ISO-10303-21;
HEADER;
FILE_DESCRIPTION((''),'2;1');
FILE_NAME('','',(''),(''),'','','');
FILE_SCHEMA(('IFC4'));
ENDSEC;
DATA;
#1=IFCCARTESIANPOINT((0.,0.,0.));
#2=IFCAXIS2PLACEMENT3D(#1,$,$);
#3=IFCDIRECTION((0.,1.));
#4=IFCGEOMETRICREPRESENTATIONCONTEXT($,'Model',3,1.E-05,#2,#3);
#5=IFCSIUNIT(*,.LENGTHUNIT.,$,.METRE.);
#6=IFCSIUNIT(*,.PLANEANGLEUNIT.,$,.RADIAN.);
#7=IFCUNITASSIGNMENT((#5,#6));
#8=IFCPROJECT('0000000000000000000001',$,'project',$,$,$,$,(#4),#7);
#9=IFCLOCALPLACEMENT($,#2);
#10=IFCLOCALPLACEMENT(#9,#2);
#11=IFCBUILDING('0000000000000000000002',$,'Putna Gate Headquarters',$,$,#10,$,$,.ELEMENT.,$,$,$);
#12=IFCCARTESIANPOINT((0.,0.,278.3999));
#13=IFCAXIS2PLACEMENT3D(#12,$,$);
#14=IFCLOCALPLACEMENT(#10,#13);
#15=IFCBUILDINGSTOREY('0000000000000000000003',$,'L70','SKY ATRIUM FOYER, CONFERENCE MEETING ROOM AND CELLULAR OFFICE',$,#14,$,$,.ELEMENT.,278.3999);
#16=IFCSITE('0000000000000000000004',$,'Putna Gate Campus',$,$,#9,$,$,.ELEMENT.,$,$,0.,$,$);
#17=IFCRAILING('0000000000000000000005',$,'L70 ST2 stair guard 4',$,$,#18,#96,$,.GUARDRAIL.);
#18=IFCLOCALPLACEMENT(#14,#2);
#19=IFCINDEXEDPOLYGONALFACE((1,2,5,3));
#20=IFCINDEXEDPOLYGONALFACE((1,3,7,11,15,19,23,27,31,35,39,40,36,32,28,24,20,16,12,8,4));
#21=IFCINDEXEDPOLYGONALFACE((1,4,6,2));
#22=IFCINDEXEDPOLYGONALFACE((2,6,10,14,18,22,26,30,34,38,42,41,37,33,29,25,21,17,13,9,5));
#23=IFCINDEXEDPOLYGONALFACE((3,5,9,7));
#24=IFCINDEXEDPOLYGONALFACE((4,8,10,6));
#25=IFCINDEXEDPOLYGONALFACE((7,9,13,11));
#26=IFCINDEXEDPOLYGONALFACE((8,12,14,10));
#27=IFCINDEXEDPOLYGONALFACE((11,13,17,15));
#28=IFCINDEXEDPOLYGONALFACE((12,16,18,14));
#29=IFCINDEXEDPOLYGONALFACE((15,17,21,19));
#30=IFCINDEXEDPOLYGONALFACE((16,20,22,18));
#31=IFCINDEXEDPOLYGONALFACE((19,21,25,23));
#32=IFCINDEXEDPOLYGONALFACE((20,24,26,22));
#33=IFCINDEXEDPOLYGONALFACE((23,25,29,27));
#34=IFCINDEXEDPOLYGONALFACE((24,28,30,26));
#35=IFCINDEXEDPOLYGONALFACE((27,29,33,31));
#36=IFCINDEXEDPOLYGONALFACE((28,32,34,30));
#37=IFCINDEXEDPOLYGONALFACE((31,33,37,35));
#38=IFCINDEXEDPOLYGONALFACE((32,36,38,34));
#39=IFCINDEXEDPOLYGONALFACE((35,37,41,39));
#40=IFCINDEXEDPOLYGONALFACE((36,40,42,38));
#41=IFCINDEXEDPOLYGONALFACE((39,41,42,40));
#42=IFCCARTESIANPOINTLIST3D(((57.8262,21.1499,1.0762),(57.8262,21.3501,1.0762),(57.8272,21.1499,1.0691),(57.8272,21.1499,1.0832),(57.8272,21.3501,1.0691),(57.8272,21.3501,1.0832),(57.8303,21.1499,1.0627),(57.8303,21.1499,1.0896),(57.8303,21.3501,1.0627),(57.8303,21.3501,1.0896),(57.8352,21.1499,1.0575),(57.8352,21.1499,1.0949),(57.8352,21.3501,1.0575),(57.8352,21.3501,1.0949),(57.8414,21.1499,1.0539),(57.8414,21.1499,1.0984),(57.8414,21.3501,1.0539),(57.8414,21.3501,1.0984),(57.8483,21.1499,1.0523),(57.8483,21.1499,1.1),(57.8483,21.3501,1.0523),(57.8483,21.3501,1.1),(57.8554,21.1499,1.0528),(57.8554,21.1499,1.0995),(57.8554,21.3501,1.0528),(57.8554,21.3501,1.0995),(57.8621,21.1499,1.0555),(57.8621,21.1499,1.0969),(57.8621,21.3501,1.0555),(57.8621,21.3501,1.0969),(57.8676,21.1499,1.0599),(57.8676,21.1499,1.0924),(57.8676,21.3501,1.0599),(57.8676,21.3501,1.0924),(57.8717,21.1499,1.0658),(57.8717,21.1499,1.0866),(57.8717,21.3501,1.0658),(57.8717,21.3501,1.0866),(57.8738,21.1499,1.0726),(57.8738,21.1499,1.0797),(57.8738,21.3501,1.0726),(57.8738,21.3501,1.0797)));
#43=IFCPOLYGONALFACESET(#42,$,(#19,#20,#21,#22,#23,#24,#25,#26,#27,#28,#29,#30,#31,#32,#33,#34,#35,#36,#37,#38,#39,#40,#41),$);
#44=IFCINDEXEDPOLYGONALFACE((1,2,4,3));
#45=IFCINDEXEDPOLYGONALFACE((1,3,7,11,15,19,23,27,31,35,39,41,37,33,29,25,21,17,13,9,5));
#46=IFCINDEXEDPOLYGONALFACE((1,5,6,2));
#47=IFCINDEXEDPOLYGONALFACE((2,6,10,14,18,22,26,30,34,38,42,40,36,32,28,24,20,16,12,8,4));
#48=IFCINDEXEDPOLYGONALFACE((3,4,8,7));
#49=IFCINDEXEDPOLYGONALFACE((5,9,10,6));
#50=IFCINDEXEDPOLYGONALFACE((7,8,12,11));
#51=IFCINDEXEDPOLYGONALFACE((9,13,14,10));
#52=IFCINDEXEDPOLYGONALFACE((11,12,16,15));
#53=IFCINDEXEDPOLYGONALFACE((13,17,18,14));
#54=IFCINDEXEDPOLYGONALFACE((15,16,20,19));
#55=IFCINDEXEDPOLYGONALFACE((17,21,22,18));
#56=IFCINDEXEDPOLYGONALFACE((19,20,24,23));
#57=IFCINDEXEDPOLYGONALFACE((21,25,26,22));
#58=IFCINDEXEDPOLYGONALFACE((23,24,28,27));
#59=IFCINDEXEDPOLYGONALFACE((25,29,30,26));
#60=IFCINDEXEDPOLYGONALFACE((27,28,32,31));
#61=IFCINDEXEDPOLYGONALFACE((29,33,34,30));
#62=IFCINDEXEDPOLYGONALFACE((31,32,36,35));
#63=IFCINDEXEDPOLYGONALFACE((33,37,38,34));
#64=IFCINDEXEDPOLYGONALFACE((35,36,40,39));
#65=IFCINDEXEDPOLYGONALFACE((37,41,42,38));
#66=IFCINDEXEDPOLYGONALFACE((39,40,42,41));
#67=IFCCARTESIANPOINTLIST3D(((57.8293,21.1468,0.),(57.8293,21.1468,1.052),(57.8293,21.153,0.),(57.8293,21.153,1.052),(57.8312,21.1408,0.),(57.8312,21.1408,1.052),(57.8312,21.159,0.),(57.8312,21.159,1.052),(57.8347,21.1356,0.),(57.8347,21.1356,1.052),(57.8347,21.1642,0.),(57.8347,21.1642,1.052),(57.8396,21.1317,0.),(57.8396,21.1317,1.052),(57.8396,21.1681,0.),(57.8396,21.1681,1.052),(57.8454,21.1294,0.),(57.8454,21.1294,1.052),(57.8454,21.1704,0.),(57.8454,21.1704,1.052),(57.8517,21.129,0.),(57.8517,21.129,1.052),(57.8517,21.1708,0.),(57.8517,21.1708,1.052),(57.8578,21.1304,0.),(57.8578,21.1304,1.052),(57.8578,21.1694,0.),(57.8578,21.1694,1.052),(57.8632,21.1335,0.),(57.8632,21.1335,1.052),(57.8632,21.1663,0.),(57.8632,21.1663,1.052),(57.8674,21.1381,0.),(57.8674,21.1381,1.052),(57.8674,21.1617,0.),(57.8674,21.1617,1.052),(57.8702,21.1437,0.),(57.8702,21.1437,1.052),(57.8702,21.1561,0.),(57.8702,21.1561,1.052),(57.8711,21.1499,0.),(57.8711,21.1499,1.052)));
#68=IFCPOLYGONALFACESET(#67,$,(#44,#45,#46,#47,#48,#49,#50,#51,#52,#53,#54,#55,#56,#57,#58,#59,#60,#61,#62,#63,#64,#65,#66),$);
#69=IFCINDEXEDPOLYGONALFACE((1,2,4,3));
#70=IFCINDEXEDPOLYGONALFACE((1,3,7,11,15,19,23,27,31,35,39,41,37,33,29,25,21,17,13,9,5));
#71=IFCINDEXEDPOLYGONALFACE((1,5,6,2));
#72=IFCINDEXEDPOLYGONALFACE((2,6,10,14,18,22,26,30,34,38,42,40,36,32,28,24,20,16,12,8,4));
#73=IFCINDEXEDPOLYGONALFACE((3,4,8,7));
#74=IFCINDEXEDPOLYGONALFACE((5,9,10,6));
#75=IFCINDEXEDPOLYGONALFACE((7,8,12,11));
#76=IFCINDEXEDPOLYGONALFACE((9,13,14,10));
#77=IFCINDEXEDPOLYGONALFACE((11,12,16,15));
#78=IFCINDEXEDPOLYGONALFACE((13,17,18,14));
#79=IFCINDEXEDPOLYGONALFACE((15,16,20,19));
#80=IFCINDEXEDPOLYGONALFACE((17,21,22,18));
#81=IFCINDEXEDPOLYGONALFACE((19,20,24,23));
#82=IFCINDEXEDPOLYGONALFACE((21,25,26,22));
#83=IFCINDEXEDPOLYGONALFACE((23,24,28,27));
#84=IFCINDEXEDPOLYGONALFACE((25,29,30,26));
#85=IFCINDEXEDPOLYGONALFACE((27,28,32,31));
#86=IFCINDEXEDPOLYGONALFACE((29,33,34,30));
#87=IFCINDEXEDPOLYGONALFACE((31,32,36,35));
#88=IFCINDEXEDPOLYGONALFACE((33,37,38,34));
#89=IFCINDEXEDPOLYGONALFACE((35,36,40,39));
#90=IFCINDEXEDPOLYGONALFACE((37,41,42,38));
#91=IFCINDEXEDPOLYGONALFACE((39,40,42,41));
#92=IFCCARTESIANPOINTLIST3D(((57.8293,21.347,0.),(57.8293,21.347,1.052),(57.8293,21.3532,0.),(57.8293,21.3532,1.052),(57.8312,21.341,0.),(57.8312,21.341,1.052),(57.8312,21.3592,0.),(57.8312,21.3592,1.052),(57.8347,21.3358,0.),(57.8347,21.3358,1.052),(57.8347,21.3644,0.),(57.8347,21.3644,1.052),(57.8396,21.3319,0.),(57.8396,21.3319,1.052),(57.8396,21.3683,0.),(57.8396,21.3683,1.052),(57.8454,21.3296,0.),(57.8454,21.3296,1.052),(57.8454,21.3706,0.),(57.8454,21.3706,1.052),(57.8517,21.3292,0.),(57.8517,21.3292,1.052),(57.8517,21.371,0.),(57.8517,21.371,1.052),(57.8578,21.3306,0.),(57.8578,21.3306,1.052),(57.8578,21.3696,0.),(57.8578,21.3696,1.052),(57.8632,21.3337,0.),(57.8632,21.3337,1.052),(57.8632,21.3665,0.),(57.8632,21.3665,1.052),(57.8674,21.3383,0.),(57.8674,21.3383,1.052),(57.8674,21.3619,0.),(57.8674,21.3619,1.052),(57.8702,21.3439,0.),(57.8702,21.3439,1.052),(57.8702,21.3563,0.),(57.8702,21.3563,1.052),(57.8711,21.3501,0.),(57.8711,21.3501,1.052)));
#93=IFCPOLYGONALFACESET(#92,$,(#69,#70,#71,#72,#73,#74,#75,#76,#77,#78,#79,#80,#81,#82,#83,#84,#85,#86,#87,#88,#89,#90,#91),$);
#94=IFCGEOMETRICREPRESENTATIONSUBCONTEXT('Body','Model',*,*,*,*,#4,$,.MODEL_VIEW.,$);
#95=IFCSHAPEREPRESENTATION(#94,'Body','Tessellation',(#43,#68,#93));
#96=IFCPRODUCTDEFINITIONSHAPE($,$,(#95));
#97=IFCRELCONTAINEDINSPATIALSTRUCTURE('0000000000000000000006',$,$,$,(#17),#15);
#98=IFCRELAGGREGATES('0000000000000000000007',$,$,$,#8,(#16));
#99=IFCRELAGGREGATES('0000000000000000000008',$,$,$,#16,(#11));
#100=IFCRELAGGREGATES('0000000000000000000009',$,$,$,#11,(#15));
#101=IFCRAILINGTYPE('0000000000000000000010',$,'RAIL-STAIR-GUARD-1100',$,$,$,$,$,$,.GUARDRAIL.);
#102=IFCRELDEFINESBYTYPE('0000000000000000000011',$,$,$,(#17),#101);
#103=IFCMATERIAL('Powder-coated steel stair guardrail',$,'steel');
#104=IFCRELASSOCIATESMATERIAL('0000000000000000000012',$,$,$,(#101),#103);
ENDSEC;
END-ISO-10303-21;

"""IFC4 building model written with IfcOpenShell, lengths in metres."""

from ifc_helpers import new_model, si_unit, direction, frame, origin, origin_2d, place, context, subcontext, project, spatial, circle, extrude, material, type_object, element, save


model = new_model("IFC4")

# Units and contexts
model_context = context("Model", 3, precision=1e-05, world=origin(), true_north=direction((0.0, 1.0)))
body_context = subcontext(model_context, "Body", "Model", "MODEL_VIEW")
ifc_project = project(units=[si_unit("LENGTHUNIT", "METRE"), si_unit("PLANEANGLEUNIT", "RADIAN")], contexts=[model_context])

# Site, building, storey
site_placement = place(None, origin())
site = spatial("IfcSite", under=ifc_project, at=site_placement, Name="Putna Gate Campus", CompositionType="ELEMENT", RefElevation=0.0)
building_placement = place(site_placement, origin())
building = spatial("IfcBuilding", under=site, at=building_placement, Name="Putna Gate Headquarters", CompositionType="ELEMENT")
storey_placement = place(building_placement, frame((0.0, 0.0, 278.3999)))
storey = spatial("IfcBuildingStorey", under=building, at=storey_placement, Name="L70", Description="SKY ATRIUM FOYER, CONFERENCE MEETING ROOM AND CELLULAR OFFICE", CompositionType="ELEMENT", Elevation=278.3999)

# Railing
ifc_material_1 = material(Name="Powder-coated steel stair guardrail", Category="steel")
railing_type_1 = type_object("IfcRailingType", Name="RAIL-STAIR-GUARD-1100", PredefinedType="GUARDRAIL", material=ifc_material_1)
railing_1_placement = place(storey_placement, frame((57.8501, 21.1499, 0.0)))
element("IfcRailing", 1, at=railing_1_placement, inside=storey, type_object=railing_type_1, Name="L70 ST2 stair guard 4", PredefinedType="GUARDRAIL", context=body_context, shape_type="SweptSolid", body=[
    extrude(circle(Radius=0.0239, at=origin_2d()), frame((0.0, 0.0, 1.0762), z_axis=(0.0, 1.0, 0.0), x_axis=(-1.0, 0.0, 0.0)), (0.0, 0.0, 1.0), 0.2002),
    extrude(circle(Radius=0.021, at=origin_2d()), origin(), (0.0, 0.0, 1.0), 1.052),
    extrude(circle(Radius=0.021, at=origin_2d()), frame((0.0, 0.2002, 0.0)), (0.0, 0.0, 1.0), 1.052),
])

save(model, "model.ifc")
